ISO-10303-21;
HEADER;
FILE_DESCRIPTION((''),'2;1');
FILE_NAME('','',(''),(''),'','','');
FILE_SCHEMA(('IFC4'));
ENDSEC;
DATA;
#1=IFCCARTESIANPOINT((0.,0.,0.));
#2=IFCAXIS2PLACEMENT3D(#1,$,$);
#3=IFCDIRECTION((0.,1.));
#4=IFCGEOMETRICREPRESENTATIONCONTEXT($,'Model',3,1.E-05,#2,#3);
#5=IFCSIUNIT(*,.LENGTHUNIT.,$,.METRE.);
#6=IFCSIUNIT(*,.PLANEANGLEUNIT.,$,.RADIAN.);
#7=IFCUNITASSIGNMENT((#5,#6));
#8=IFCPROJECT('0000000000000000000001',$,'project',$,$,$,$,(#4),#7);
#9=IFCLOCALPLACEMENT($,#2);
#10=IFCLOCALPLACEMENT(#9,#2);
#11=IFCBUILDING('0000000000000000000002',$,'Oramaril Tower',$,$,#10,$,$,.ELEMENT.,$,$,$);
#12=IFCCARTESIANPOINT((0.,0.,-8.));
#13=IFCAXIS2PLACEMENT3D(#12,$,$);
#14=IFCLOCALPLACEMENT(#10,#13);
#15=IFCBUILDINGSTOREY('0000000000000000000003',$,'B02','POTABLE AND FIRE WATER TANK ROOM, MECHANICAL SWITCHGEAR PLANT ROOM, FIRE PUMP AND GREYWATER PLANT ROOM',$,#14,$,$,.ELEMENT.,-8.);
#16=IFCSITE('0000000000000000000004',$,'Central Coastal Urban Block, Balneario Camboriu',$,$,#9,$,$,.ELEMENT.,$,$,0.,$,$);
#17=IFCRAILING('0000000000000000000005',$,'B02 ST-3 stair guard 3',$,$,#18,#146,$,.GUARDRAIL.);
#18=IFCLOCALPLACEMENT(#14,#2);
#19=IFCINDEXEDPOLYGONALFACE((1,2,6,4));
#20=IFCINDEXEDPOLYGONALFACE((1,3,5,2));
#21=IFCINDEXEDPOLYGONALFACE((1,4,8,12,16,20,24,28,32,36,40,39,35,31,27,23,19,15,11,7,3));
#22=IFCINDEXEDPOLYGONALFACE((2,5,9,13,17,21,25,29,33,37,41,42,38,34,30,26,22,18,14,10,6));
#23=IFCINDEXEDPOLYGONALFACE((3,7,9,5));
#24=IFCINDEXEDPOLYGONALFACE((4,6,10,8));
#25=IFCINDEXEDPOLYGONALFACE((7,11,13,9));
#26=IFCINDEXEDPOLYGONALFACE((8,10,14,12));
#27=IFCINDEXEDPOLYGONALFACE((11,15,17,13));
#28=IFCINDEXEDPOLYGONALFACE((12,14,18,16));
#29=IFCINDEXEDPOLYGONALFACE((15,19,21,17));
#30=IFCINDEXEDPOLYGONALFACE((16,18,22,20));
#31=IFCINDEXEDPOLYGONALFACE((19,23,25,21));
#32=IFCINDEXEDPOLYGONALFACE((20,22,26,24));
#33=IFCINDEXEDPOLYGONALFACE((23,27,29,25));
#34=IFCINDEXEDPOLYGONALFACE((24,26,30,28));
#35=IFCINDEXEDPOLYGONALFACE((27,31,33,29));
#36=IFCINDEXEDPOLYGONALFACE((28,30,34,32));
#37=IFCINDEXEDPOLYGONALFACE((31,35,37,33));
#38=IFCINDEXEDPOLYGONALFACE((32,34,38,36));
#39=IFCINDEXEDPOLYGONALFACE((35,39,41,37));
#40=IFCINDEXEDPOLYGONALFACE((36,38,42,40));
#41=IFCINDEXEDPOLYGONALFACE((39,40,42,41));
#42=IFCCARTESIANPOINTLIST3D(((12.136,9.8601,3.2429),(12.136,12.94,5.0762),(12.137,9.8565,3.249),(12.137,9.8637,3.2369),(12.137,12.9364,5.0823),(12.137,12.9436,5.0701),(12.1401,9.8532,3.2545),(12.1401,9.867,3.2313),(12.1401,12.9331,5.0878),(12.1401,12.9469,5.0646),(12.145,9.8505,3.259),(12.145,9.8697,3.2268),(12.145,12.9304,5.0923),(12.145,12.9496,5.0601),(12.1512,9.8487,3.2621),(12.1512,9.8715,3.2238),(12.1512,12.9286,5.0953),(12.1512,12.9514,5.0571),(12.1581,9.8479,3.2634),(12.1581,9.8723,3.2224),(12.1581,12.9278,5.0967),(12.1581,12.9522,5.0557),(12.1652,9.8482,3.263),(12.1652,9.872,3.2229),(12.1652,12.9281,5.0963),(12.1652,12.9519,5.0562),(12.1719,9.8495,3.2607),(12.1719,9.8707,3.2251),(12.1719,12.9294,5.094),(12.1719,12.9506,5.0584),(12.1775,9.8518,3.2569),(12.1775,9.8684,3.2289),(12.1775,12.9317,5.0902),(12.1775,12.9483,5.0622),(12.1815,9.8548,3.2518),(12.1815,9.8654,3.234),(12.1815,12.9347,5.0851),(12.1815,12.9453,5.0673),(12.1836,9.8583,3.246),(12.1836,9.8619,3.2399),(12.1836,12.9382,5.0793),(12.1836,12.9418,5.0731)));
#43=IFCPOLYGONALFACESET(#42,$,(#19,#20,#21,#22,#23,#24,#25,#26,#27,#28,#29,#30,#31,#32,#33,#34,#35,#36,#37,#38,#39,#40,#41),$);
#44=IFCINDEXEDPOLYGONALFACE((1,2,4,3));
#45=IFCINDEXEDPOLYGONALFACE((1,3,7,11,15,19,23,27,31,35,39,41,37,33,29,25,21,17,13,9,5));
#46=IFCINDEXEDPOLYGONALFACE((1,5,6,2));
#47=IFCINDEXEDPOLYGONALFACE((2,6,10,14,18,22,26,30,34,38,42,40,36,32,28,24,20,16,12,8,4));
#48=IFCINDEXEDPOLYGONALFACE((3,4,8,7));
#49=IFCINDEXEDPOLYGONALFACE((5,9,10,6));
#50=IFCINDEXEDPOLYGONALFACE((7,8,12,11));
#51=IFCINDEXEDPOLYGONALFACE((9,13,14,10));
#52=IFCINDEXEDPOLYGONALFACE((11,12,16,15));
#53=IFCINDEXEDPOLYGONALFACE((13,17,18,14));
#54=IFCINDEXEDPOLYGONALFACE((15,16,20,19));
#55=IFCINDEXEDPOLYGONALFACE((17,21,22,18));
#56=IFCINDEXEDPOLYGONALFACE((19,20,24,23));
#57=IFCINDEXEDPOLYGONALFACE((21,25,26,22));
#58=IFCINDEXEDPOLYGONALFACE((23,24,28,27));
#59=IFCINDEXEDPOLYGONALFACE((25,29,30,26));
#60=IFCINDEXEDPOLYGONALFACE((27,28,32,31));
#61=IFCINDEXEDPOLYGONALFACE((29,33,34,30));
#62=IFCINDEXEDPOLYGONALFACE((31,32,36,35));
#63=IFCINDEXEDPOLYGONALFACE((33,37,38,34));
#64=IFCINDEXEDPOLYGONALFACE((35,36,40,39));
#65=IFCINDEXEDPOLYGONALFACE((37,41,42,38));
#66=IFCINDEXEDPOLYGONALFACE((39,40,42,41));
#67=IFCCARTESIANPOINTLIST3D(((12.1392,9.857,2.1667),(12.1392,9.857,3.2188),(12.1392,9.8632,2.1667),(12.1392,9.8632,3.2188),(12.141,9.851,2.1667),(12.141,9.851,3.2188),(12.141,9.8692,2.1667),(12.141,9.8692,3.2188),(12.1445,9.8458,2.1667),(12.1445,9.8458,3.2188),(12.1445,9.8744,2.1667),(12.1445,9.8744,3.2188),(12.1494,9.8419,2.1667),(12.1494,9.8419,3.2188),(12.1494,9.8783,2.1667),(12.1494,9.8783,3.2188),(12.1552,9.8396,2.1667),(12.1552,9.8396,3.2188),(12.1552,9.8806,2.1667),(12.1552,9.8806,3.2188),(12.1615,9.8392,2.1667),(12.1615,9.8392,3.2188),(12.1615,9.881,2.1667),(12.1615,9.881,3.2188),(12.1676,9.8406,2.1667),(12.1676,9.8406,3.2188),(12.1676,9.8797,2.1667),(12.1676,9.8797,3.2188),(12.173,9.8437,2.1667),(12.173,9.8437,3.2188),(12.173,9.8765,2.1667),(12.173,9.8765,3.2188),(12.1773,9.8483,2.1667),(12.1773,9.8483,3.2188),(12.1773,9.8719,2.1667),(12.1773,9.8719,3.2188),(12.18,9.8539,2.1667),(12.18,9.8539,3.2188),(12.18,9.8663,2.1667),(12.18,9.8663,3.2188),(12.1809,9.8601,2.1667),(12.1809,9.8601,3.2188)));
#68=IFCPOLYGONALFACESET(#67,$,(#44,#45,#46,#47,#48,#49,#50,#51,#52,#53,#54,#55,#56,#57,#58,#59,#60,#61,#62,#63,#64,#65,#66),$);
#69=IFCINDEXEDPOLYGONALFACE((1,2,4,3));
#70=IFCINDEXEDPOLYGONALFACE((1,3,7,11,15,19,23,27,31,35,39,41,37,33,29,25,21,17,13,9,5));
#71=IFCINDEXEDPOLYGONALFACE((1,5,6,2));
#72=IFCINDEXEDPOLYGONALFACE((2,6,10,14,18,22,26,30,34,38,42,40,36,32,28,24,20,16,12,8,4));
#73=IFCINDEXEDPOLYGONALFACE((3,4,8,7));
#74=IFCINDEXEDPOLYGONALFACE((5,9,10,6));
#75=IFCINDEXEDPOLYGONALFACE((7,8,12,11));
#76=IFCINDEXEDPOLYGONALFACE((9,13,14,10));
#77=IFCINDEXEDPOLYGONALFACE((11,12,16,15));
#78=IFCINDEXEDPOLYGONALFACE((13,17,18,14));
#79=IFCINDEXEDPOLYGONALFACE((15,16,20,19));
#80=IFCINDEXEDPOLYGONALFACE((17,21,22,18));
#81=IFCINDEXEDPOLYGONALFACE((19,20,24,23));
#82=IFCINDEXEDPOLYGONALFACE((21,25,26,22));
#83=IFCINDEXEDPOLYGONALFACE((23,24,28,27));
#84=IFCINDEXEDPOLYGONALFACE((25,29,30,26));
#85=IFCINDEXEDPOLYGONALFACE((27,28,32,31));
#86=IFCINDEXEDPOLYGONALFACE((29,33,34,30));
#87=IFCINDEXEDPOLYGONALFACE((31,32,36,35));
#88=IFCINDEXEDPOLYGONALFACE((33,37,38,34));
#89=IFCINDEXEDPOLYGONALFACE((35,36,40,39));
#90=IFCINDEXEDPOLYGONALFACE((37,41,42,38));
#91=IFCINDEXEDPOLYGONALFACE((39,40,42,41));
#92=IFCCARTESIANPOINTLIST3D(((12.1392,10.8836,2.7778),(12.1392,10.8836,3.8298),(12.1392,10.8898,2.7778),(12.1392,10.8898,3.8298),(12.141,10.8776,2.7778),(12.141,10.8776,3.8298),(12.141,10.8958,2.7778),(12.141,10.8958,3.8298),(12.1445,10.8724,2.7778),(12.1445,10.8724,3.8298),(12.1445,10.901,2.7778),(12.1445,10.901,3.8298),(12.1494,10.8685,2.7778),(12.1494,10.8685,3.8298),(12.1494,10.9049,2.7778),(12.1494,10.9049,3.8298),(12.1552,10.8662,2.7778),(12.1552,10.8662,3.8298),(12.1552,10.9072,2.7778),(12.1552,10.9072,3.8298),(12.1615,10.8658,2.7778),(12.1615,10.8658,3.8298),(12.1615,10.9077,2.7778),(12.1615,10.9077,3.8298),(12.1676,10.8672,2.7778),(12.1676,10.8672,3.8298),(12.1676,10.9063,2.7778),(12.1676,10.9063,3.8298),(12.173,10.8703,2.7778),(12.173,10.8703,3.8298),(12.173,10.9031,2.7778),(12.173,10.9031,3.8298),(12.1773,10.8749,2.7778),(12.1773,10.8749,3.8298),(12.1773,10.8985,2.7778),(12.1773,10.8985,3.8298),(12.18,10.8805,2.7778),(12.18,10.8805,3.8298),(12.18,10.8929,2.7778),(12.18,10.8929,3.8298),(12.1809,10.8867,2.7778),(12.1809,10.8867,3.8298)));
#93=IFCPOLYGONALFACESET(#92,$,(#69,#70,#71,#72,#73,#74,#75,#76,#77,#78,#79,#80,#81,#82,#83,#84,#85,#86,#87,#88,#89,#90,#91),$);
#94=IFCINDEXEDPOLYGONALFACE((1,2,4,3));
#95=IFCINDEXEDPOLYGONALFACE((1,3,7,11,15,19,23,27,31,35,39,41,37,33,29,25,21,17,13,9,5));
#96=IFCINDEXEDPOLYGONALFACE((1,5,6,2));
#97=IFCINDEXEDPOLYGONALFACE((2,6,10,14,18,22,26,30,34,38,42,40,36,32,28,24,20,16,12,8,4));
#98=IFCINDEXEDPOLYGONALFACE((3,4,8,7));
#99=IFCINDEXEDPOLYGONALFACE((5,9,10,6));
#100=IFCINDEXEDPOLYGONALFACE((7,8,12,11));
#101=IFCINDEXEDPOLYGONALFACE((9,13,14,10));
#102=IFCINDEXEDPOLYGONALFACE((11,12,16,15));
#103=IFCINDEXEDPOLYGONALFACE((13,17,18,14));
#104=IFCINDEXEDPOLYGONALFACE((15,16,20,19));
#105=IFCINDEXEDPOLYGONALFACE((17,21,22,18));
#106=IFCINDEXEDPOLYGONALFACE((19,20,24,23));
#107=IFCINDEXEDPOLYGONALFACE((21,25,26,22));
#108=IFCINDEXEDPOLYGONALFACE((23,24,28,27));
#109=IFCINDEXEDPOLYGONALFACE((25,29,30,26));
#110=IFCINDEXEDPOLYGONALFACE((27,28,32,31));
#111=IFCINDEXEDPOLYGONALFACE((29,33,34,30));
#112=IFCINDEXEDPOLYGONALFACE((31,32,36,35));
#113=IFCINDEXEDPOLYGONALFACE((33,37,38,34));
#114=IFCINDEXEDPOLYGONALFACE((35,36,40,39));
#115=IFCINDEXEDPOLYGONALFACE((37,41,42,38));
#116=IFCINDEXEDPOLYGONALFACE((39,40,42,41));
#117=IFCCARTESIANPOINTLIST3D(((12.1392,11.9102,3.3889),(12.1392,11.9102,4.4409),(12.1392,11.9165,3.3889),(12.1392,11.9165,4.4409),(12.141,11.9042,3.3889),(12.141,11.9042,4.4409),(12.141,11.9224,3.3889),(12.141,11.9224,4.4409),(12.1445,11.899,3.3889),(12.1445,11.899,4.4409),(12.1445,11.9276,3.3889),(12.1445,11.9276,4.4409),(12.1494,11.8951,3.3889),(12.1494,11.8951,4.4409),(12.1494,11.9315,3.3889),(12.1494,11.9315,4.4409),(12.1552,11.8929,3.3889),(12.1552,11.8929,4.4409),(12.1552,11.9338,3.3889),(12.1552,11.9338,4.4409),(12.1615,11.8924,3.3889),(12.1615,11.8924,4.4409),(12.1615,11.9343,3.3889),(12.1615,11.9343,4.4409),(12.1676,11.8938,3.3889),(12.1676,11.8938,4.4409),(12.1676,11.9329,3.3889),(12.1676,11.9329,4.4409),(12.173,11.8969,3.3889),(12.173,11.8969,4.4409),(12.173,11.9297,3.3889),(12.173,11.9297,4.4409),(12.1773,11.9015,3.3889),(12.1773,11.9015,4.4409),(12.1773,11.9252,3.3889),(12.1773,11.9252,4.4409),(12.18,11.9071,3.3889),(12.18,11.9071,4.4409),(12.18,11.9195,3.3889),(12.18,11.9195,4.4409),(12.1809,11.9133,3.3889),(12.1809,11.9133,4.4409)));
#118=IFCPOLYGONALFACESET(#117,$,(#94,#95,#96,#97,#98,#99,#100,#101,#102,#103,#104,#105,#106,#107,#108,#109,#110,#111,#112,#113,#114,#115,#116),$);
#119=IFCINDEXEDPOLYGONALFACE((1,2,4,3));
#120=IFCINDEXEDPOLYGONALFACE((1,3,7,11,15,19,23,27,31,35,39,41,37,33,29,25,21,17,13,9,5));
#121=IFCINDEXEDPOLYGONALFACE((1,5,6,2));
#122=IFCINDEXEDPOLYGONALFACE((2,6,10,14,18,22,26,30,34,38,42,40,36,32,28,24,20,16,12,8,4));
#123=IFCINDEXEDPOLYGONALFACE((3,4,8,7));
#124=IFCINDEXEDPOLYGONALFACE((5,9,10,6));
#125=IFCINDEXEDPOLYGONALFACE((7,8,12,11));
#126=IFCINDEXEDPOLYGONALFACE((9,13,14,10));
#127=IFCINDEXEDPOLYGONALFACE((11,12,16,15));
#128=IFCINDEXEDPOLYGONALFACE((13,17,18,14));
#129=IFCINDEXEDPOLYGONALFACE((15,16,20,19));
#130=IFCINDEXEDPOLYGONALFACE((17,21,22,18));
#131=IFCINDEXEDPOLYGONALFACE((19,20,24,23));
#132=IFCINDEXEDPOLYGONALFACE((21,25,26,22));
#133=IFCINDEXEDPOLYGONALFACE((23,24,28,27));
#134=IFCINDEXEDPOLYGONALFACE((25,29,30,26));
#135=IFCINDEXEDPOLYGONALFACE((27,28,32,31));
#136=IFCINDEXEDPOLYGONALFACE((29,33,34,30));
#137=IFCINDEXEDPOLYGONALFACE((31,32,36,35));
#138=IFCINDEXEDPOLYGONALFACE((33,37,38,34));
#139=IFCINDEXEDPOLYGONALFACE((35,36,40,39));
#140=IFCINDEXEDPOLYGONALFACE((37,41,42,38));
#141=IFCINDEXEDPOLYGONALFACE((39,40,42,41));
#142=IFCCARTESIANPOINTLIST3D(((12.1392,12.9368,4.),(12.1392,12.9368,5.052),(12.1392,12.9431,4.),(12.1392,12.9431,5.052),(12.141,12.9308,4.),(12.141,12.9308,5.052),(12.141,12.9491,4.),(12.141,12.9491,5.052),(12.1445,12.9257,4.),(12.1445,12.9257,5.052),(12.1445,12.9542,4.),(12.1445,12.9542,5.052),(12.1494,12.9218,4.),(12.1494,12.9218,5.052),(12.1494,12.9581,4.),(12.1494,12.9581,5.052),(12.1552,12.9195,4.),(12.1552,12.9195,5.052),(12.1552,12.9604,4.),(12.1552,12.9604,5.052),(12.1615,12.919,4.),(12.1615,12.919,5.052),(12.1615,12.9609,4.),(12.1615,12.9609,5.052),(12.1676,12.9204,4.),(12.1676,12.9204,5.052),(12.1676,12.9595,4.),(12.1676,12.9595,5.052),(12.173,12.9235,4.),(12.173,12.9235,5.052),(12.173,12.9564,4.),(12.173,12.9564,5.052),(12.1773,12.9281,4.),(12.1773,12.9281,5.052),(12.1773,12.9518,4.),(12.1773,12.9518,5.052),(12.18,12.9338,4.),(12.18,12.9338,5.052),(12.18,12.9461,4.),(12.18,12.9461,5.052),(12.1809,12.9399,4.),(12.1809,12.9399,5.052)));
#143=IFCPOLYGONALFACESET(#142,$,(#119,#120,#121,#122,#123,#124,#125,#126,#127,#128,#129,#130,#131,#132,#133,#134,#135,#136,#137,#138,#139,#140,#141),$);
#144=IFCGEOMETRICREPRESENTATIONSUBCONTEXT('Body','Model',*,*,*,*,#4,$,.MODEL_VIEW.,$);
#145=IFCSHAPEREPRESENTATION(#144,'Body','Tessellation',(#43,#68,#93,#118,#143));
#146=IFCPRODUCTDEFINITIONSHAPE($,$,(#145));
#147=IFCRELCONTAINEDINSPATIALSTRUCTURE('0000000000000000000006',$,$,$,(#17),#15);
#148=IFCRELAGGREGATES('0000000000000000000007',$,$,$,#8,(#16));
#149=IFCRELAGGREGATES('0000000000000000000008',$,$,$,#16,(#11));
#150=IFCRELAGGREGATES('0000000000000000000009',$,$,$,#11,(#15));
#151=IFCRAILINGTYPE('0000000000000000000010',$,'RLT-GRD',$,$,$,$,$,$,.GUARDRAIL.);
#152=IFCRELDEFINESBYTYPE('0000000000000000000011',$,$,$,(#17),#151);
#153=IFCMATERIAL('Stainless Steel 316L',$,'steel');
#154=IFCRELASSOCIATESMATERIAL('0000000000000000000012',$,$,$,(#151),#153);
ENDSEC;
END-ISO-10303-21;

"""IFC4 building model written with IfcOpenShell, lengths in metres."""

from ifc_helpers import new_model, si_unit, direction, frame, origin, origin_2d, place, context, subcontext, project, spatial, circle, extrude, material, type_object, element, save


model = new_model("IFC4")

# Units and contexts
model_context = context("Model", 3, precision=1e-05, world=origin(), true_north=direction((0.0, 1.0)))
body_context = subcontext(model_context, "Body", "Model", "MODEL_VIEW")
ifc_project = project(units=[si_unit("LENGTHUNIT", "METRE"), si_unit("PLANEANGLEUNIT", "RADIAN")], contexts=[model_context])

# Site, building, storey
site_placement = place(None, origin())
site = spatial("IfcSite", under=ifc_project, at=site_placement, Name="Central Coastal Urban Block, Balneario Camboriu", CompositionType="ELEMENT", RefElevation=0.0)
building_placement = place(site_placement, origin())
building = spatial("IfcBuilding", under=site, at=building_placement, Name="Oramaril Tower", CompositionType="ELEMENT")
storey_placement = place(building_placement, frame((0.0, 0.0, -8.0)))
storey = spatial("IfcBuildingStorey", under=building, at=storey_placement, Name="B02", Description="POTABLE AND FIRE WATER TANK ROOM, MECHANICAL SWITCHGEAR PLANT ROOM, FIRE PUMP AND GREYWATER PLANT ROOM", CompositionType="ELEMENT", Elevation=-8.0)

# Railing
ifc_material_1 = material(Name="Stainless Steel 316L", Category="steel")
railing_type_1 = type_object("IfcRailingType", Name="RLT-GRD", PredefinedType="GUARDRAIL", material=ifc_material_1)
railing_1_placement = place(storey_placement, frame((12.1599, 9.8601, 2.1667)))
element("IfcRailing", 1, at=railing_1_placement, inside=storey, type_object=railing_type_1, Name="B02 ST-3 stair guard 3", PredefinedType="GUARDRAIL", context=body_context, shape_type="SweptSolid", body=[
    extrude(circle(Radius=0.0239, at=origin_2d()), frame((0.0, 0.0, 1.0762), z_axis=(0.0, 0.859291, 0.511487), x_axis=(-1.0, 0.0, 0.0)), (0.0, 0.0, 1.0), 3.5842),
    extrude(circle(Radius=0.021, at=origin_2d()), origin(), (0.0, 0.0, 1.0), 1.052),
    extrude(circle(Radius=0.021, at=origin_2d()), frame((0.0, 1.0266, 0.6111)), (0.0, 0.0, 1.0), 1.052),
    extrude(circle(Radius=0.021, at=origin_2d()), frame((0.0, 2.0532, 1.2222)), (0.0, 0.0, 1.0), 1.052),
    extrude(circle(Radius=0.021, at=origin_2d()), frame((0.0, 3.0798, 1.8333)), (0.0, 0.0, 1.0), 1.052),
])

save(model, "model.ifc")
